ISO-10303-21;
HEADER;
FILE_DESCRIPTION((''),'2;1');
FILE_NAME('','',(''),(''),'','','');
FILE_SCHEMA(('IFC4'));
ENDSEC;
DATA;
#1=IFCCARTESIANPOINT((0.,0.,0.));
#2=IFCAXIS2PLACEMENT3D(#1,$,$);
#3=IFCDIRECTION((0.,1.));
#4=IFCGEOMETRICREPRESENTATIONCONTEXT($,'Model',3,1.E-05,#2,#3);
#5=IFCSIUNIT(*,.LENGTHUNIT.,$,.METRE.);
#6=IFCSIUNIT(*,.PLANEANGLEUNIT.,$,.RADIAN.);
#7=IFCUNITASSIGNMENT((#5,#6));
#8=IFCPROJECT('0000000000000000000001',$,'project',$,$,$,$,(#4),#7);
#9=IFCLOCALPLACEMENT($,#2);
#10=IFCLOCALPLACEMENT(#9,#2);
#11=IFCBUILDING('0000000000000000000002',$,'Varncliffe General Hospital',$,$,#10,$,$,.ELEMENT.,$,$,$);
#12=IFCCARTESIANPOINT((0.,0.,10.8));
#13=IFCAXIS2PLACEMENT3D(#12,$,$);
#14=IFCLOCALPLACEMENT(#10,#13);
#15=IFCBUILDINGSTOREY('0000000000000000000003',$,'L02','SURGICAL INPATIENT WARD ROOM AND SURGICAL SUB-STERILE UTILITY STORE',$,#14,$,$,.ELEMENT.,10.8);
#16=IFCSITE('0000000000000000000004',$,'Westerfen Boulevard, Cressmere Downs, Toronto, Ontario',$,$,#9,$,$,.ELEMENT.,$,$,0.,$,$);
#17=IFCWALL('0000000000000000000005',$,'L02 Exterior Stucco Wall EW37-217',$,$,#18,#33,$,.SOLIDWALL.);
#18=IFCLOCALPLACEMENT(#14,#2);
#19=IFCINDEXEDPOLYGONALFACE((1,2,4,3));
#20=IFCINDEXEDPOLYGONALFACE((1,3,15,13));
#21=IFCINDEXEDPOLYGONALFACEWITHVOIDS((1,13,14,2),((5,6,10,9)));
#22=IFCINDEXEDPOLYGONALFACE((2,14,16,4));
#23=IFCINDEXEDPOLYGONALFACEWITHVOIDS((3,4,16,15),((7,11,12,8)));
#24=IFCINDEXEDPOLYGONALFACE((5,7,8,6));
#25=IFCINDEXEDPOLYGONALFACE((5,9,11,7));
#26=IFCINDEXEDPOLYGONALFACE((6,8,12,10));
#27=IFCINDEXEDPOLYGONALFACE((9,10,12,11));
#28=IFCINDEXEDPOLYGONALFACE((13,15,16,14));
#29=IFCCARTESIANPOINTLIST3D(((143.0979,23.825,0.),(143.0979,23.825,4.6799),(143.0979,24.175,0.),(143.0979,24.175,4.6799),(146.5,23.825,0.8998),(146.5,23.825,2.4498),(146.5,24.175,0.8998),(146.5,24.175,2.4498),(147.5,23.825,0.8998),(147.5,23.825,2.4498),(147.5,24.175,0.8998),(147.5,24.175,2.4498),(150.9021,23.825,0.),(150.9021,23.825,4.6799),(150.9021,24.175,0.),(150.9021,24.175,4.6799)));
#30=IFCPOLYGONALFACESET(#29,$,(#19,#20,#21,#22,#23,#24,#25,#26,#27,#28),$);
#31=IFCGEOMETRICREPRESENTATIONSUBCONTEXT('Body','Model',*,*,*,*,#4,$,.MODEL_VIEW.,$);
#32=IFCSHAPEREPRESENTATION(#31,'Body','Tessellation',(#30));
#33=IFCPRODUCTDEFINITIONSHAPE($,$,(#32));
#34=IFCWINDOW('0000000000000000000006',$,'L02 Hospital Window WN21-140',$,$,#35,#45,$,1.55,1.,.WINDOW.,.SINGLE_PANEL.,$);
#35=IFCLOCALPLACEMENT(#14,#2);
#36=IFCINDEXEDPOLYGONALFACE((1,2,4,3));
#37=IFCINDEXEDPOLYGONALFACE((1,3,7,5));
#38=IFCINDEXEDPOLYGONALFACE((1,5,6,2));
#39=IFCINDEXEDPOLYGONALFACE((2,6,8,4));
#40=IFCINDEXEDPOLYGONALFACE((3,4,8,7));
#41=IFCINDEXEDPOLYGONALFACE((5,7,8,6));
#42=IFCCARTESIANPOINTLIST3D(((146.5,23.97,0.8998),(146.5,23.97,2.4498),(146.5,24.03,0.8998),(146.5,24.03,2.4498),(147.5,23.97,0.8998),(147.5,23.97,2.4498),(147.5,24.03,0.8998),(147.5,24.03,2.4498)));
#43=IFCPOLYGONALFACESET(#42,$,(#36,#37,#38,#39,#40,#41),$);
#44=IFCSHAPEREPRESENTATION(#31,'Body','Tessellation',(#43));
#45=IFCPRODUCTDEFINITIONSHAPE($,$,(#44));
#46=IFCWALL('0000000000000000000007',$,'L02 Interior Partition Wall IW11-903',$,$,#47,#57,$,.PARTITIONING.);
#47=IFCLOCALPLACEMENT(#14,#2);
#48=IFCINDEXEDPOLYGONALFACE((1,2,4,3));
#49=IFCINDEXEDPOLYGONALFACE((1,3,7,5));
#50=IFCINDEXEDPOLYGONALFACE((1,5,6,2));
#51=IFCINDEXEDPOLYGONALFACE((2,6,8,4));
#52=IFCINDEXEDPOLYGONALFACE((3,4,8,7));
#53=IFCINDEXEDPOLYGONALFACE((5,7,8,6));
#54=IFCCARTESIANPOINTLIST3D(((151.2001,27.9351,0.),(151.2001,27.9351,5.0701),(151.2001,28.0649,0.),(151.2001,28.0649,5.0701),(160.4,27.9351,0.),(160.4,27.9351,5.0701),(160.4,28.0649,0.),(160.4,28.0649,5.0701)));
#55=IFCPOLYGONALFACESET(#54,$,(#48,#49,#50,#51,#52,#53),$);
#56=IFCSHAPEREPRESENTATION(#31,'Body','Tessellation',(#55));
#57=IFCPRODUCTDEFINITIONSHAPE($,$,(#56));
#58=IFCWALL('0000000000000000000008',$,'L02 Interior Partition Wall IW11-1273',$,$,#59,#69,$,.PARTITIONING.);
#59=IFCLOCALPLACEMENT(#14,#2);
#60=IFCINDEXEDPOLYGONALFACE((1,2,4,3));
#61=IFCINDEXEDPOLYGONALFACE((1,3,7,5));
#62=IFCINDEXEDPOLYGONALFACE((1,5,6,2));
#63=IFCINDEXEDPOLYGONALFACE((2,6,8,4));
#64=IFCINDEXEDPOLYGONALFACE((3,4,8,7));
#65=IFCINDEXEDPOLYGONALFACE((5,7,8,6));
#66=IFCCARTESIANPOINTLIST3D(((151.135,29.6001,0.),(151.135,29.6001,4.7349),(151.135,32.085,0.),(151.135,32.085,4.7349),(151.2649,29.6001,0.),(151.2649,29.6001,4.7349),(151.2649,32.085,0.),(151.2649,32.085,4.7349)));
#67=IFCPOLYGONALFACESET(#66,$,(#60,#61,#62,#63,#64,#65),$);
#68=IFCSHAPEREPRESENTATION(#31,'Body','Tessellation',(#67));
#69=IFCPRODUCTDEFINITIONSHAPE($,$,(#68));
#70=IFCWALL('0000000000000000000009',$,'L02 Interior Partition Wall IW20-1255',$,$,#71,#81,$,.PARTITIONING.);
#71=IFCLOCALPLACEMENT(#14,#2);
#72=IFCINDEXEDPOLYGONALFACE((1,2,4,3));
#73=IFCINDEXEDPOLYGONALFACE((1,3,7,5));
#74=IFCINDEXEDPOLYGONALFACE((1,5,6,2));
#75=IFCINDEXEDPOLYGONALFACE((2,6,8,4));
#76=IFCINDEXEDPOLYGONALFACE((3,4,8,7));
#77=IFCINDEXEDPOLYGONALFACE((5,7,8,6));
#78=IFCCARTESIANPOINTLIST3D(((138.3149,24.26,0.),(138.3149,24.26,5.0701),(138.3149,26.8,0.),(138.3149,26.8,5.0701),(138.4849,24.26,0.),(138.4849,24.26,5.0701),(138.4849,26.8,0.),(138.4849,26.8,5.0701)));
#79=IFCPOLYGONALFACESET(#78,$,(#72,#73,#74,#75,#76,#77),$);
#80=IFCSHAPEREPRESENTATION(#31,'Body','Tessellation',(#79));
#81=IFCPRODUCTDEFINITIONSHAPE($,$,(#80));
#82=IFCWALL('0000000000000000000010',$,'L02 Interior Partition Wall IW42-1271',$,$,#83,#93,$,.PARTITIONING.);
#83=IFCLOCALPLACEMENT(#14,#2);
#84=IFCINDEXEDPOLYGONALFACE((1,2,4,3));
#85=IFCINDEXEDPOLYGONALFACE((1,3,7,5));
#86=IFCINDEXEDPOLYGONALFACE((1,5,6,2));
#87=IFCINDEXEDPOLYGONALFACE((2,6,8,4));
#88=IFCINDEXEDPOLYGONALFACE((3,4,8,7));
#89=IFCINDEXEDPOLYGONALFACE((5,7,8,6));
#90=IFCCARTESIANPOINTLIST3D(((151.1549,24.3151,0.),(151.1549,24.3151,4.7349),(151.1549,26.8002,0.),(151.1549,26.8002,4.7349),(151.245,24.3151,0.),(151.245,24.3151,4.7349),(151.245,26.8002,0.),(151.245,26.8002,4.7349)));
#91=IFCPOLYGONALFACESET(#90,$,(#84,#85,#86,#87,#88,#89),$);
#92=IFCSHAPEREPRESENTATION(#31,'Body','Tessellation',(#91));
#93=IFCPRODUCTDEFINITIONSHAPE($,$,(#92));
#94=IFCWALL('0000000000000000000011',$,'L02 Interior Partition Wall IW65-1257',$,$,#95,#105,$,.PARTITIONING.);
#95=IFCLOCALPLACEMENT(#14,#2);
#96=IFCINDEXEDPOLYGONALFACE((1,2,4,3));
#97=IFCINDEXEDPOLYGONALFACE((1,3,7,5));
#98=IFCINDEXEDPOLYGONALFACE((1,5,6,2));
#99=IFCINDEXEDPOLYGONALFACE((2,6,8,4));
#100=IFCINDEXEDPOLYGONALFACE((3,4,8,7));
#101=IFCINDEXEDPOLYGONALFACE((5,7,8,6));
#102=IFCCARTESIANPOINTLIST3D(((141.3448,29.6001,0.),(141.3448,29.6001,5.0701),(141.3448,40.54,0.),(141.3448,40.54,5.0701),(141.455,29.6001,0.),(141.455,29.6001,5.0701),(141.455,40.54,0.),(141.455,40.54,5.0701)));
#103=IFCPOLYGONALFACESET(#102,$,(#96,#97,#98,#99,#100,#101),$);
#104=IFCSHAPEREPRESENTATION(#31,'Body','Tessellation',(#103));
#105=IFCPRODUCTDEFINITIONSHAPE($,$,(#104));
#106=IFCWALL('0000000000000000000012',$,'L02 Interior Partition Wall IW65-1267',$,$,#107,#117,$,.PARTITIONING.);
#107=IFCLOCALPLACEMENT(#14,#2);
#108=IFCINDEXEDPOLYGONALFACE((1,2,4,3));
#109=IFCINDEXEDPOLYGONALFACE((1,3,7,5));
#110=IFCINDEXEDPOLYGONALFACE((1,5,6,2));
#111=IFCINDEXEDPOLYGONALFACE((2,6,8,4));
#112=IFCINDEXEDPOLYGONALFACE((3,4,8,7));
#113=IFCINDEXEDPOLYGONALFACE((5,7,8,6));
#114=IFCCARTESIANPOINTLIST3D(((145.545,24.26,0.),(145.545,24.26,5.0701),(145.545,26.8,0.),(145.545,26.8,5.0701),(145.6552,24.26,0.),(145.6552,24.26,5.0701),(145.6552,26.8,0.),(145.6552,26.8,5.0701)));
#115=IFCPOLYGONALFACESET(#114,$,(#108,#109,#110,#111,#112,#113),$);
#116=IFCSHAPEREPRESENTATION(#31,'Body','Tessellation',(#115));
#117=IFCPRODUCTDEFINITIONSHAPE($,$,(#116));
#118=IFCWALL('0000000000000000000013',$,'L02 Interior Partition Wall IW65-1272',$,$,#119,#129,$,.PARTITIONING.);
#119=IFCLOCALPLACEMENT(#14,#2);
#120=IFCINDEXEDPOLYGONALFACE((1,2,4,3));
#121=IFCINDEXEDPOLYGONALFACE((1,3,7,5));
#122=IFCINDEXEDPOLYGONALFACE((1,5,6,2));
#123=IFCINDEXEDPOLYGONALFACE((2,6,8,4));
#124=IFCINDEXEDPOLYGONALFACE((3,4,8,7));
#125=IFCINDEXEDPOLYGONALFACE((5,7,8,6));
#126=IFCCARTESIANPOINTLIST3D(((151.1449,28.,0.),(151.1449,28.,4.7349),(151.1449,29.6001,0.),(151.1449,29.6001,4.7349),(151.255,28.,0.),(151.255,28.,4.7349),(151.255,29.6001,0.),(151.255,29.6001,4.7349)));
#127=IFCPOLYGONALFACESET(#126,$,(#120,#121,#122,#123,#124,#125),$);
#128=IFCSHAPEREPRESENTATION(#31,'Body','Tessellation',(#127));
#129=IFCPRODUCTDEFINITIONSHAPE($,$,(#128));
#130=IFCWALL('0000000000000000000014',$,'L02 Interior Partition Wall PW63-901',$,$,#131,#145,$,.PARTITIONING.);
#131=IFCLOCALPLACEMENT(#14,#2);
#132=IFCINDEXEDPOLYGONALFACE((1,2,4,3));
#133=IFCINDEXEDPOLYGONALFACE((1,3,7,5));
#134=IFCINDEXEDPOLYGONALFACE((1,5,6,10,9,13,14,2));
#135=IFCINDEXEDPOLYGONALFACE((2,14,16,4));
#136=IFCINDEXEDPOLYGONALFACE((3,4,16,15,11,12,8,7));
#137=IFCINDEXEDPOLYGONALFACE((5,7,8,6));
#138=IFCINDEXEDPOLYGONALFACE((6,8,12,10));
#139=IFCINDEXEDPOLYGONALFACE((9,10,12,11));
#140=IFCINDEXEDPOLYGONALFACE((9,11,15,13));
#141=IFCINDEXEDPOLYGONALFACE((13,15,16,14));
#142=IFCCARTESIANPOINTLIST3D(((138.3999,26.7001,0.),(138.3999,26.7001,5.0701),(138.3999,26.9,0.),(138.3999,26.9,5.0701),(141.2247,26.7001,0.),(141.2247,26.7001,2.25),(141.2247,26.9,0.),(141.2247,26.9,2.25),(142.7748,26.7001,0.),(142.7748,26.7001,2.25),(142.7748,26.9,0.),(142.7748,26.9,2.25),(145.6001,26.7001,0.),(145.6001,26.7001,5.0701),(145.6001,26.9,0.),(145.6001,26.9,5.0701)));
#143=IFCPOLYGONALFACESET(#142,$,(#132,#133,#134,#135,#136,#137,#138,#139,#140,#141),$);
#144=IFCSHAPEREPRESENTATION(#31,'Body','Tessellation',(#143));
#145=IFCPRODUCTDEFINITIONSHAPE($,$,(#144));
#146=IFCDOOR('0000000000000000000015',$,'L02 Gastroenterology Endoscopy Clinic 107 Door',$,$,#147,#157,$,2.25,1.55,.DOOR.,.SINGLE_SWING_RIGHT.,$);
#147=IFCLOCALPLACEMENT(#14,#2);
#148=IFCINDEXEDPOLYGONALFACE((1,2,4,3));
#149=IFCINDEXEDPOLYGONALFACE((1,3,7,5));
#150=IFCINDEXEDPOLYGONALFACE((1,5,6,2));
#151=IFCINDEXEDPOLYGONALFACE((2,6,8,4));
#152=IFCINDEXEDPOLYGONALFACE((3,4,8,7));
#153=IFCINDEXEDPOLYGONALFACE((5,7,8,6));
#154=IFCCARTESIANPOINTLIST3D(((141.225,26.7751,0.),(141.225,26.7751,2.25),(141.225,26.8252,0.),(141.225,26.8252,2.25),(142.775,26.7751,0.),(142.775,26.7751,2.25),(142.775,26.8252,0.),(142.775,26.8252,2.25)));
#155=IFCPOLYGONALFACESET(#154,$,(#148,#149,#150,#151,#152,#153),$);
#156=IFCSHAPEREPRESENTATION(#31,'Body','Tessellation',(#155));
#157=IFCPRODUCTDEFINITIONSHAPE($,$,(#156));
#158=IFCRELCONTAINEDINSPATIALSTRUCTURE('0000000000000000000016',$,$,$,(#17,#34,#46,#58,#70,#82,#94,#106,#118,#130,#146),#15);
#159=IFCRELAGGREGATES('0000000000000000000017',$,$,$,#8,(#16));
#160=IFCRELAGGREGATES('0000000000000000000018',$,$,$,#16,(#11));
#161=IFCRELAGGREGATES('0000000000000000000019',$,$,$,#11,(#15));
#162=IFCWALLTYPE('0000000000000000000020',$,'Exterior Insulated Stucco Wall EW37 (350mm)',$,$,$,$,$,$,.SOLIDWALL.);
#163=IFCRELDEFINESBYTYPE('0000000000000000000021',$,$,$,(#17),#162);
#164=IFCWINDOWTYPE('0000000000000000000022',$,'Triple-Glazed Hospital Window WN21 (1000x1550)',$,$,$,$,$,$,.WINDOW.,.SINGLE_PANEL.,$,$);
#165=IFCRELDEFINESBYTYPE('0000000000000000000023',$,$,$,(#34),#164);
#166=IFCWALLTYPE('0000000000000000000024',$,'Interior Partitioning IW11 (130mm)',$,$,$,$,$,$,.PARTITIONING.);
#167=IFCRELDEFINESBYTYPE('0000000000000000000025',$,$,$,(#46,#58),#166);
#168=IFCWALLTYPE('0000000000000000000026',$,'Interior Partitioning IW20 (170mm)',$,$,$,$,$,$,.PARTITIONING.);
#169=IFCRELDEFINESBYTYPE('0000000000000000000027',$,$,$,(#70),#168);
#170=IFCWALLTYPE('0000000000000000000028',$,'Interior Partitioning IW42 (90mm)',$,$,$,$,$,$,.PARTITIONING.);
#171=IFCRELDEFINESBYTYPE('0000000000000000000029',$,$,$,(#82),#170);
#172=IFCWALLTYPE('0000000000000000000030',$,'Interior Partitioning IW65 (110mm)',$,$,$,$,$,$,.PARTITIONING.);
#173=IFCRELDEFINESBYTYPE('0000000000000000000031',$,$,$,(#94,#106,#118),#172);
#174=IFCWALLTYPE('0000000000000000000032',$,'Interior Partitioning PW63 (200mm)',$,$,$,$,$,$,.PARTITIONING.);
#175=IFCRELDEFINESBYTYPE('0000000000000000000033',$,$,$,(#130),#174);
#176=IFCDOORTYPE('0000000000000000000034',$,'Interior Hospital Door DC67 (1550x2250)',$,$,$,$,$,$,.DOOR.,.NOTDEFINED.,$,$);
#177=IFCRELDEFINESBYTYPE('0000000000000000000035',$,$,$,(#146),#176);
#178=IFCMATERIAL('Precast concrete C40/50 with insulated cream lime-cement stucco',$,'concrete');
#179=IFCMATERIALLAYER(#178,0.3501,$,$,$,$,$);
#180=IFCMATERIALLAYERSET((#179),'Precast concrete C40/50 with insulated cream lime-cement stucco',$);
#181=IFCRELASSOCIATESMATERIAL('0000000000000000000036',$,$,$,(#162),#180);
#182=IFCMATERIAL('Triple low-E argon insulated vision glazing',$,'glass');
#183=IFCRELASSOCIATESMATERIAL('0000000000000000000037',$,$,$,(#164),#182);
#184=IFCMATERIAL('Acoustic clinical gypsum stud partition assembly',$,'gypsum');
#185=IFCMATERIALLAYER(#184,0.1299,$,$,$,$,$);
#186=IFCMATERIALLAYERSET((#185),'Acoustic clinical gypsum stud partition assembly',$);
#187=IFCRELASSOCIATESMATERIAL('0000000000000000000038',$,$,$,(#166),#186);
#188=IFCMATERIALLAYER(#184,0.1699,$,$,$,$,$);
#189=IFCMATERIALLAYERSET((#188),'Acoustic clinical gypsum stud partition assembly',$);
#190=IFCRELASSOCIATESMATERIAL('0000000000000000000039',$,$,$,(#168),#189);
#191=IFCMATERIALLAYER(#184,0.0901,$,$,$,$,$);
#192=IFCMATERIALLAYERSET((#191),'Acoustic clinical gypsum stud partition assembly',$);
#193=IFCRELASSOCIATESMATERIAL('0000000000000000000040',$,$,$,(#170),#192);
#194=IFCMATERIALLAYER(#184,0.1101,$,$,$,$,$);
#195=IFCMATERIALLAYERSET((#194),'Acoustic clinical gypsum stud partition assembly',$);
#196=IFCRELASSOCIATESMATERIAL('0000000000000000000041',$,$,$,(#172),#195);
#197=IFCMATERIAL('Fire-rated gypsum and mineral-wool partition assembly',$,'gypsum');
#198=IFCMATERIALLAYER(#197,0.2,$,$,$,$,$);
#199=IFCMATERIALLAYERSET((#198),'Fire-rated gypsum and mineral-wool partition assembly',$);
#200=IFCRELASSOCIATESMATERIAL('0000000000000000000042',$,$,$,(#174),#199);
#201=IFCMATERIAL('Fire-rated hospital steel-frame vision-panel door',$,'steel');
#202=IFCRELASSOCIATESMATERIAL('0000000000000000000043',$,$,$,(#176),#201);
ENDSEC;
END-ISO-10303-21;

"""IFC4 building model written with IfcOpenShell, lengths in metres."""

from ifc_helpers import new_model, si_unit, direction, frame, frame_2d, origin, place, context, subcontext, project, spatial, rectangle, extrude, material, layer, layer_set, type_object, element, fill, save


model = new_model("IFC4")

# Units and contexts
model_context = context("Model", 3, precision=1e-05, world=origin(), true_north=direction((0.0, 1.0)))
body_context = subcontext(model_context, "Body", "Model", "MODEL_VIEW")
ifc_project = project(units=[si_unit("LENGTHUNIT", "METRE"), si_unit("PLANEANGLEUNIT", "RADIAN")], contexts=[model_context])

# Site, building, storey
site_placement = place(None, origin())
site = spatial("IfcSite", under=ifc_project, at=site_placement, Name="Westerfen Boulevard, Cressmere Downs, Toronto, Ontario", CompositionType="ELEMENT", RefElevation=0.0)
building_placement = place(site_placement, origin())
building = spatial("IfcBuilding", under=site, at=building_placement, Name="Varncliffe General Hospital", CompositionType="ELEMENT")
storey_placement = place(building_placement, frame((0.0, 0.0, 10.8)))
storey = spatial("IfcBuildingStorey", under=building, at=storey_placement, Name="L02", Description="SURGICAL INPATIENT WARD ROOM AND SURGICAL SUB-STERILE UTILITY STORE", CompositionType="ELEMENT", Elevation=10.8)

# Wall, opening, window
ifc_material_1 = material(Name="Precast concrete C40/50 with insulated cream lime-cement stucco", Category="concrete")
ifc_material_2 = material(Name="Triple low-E argon insulated vision glazing", Category="glass")
ifc_layer_1 = layer(ifc_material_1, 0.3501)
ifc_layer_set_1 = layer_set([ifc_layer_1], Name="Precast concrete C40/50 with insulated cream lime-cement stucco")
wall_type_1 = type_object("IfcWallType", Name="Exterior Insulated Stucco Wall EW37 (350mm)", PredefinedType="SOLIDWALL", material=ifc_layer_set_1)
wall_1_placement = place(storey_placement, frame((150.9021, 24.0, 0.0), z_axis=(0.0, 0.0, 1.0), x_axis=(-1.0, 0.0, 0.0)))
wall_1 = element("IfcWall", 1, at=wall_1_placement, inside=storey, type_object=wall_type_1, Name="L02 Exterior Stucco Wall EW37-217", PredefinedType="SOLIDWALL", context=body_context, shape_type="SweptSolid", body=[
    extrude(rectangle(XDim=7.8042, YDim=0.3501, at=frame_2d((3.9021, 0.0))), origin(), (0.0, 0.0, 1.0), 4.6799),
])
opening_1_placement = place(wall_1_placement, frame((3.4021, 0.0, 0.8999)))
opening_1 = element("IfcOpeningElement", 2, at=opening_1_placement, cuts=wall_1, PredefinedType="OPENING", context=body_context, shape_type="SweptSolid", body=[
    extrude(rectangle(XDim=1.0, YDim=1.55, at=frame_2d((0.5, 0.7749))), frame((0.0, 0.1851, 0.0), z_axis=(0.0, -1.0, 0.0), x_axis=(1.0, 0.0, 0.0)), (0.0, 0.0, 1.0), 0.3701),
])
window_type_1 = type_object("IfcWindowType", Name="Triple-Glazed Hospital Window WN21 (1000x1550)", PartitioningType="SINGLE_PANEL", PredefinedType="WINDOW", material=ifc_material_2)
window_1_placement = place(opening_1_placement, origin())
window_1 = element("IfcWindow", 3, at=window_1_placement, inside=storey, type_object=window_type_1, Name="L02 Hospital Window WN21-140", OverallHeight=1.55, OverallWidth=1.0, PartitioningType="SINGLE_PANEL", PredefinedType="WINDOW", context=body_context, shape_type="SweptSolid", body=[
    extrude(rectangle(XDim=1.0, YDim=1.55, at=frame_2d((0.5, 0.7749))), frame((0.0, 0.03, 0.0), z_axis=(0.0, -1.0, 0.0), x_axis=(1.0, 0.0, 0.0)), (0.0, 0.0, 1.0), 0.0601),
])
fill(opening_1, window_1)

# Walls
ifc_material_3 = material(Name="Acoustic clinical gypsum stud partition assembly", Category="gypsum")
ifc_layer_2 = layer(ifc_material_3, 0.1299)
ifc_layer_set_2 = layer_set([ifc_layer_2], Name="Acoustic clinical gypsum stud partition assembly")
wall_type_2 = type_object("IfcWallType", Name="Interior Partitioning IW11 (130mm)", PredefinedType="PARTITIONING", material=ifc_layer_set_2)
wall_2_placement = place(storey_placement, frame((151.2, 28.0, 0.0), z_axis=(0.0, 0.0, 1.0), x_axis=(1.0, 0.0, 0.0)))
element("IfcWall", 4, at=wall_2_placement, inside=storey, type_object=wall_type_2, Name="L02 Interior Partition Wall IW11-903", PredefinedType="PARTITIONING", context=body_context, shape_type="SweptSolid", body=[
    extrude(rectangle(XDim=9.2, YDim=0.1299, at=frame_2d((4.6001, 0.0))), origin(), (0.0, 0.0, 1.0), 5.0701),
])
wall_3_placement = place(storey_placement, frame((151.2, 29.6001, 0.0), z_axis=(0.0, 0.0, 1.0), x_axis=(0.0, 1.0, 0.0)))
element("IfcWall", 5, at=wall_3_placement, inside=storey, type_object=wall_type_2, Name="L02 Interior Partition Wall IW11-1273", PredefinedType="PARTITIONING", context=body_context, shape_type="SweptSolid", body=[
    extrude(rectangle(XDim=2.4849, YDim=0.1299, at=frame_2d((1.2424, 0.0))), origin(), (0.0, 0.0, 1.0), 4.7349),
])
ifc_layer_3 = layer(ifc_material_3, 0.1699)
ifc_layer_set_3 = layer_set([ifc_layer_3], Name="Acoustic clinical gypsum stud partition assembly")
wall_type_3 = type_object("IfcWallType", Name="Interior Partitioning IW20 (170mm)", PredefinedType="PARTITIONING", material=ifc_layer_set_3)
wall_4_placement = place(storey_placement, frame((138.3999, 24.26, 0.0), z_axis=(0.0, 0.0, 1.0), x_axis=(0.0, 1.0, 0.0)))
element("IfcWall", 6, at=wall_4_placement, inside=storey, type_object=wall_type_3, Name="L02 Interior Partition Wall IW20-1255", PredefinedType="PARTITIONING", context=body_context, shape_type="SweptSolid", body=[
    extrude(rectangle(XDim=2.54, YDim=0.1699, at=frame_2d((1.27, 0.0))), origin(), (0.0, 0.0, 1.0), 5.0701),
])
ifc_layer_4 = layer(ifc_material_3, 0.0901)
ifc_layer_set_4 = layer_set([ifc_layer_4], Name="Acoustic clinical gypsum stud partition assembly")
wall_type_4 = type_object("IfcWallType", Name="Interior Partitioning IW42 (90mm)", PredefinedType="PARTITIONING", material=ifc_layer_set_4)
wall_5_placement = place(storey_placement, frame((151.2, 24.3149, 0.0), z_axis=(0.0, 0.0, 1.0), x_axis=(0.0, 1.0, 0.0)))
element("IfcWall", 7, at=wall_5_placement, inside=storey, type_object=wall_type_4, Name="L02 Interior Partition Wall IW42-1271", PredefinedType="PARTITIONING", context=body_context, shape_type="SweptSolid", body=[
    extrude(rectangle(XDim=2.4851, YDim=0.0901, at=frame_2d((1.2427, 0.0))), origin(), (0.0, 0.0, 1.0), 4.7349),
])
ifc_layer_5 = layer(ifc_material_3, 0.1101)
ifc_layer_set_5 = layer_set([ifc_layer_5], Name="Acoustic clinical gypsum stud partition assembly")
wall_type_5 = type_object("IfcWallType", Name="Interior Partitioning IW65 (110mm)", PredefinedType="PARTITIONING", material=ifc_layer_set_5)
wall_6_placement = place(storey_placement, frame((141.3999, 29.6001, 0.0), z_axis=(0.0, 0.0, 1.0), x_axis=(0.0, 1.0, 0.0)))
element("IfcWall", 8, at=wall_6_placement, inside=storey, type_object=wall_type_5, Name="L02 Interior Partition Wall IW65-1257", PredefinedType="PARTITIONING", context=body_context, shape_type="SweptSolid", body=[
    extrude(rectangle(XDim=10.9399, YDim=0.1101, at=frame_2d((5.47, 0.0))), origin(), (0.0, 0.0, 1.0), 5.0701),
])
wall_7_placement = place(storey_placement, frame((145.6001, 24.26, 0.0), z_axis=(0.0, 0.0, 1.0), x_axis=(0.0, 1.0, 0.0)))
element("IfcWall", 9, at=wall_7_placement, inside=storey, type_object=wall_type_5, Name="L02 Interior Partition Wall IW65-1267", PredefinedType="PARTITIONING", context=body_context, shape_type="SweptSolid", body=[
    extrude(rectangle(XDim=2.54, YDim=0.1101, at=frame_2d((1.27, 0.0))), origin(), (0.0, 0.0, 1.0), 5.0701),
])
wall_8_placement = place(storey_placement, frame((151.2, 28.0, 0.0), z_axis=(0.0, 0.0, 1.0), x_axis=(0.0, 1.0, 0.0)))
element("IfcWall", 10, at=wall_8_placement, inside=storey, type_object=wall_type_5, Name="L02 Interior Partition Wall IW65-1272", PredefinedType="PARTITIONING", context=body_context, shape_type="SweptSolid", body=[
    extrude(rectangle(XDim=1.6001, YDim=0.1101, at=frame_2d((0.8, 0.0))), origin(), (0.0, 0.0, 1.0), 4.7349),
])

# Wall, opening, door
ifc_material_4 = material(Name="Fire-rated gypsum and mineral-wool partition assembly", Category="gypsum")
ifc_layer_6 = layer(ifc_material_4, 0.2)
ifc_layer_set_6 = layer_set([ifc_layer_6], Name="Fire-rated gypsum and mineral-wool partition assembly")
wall_type_6 = type_object("IfcWallType", Name="Interior Partitioning PW63 (200mm)", PredefinedType="PARTITIONING", material=ifc_layer_set_6)
wall_9_placement = place(storey_placement, frame((138.3999, 26.8, 0.0), z_axis=(0.0, 0.0, 1.0), x_axis=(1.0, 0.0, 0.0)))
wall_9 = element("IfcWall", 11, at=wall_9_placement, inside=storey, type_object=wall_type_6, Name="L02 Interior Partition Wall PW63-901", PredefinedType="PARTITIONING", context=body_context, shape_type="SweptSolid", body=[
    extrude(rectangle(XDim=7.2002, YDim=0.2, at=frame_2d((3.6001, 0.0))), origin(), (0.0, 0.0, 1.0), 5.0701),
])
opening_2_placement = place(wall_9_placement, frame((2.825, 0.0, 0.0)))
opening_2 = element("IfcOpeningElement", 12, at=opening_2_placement, cuts=wall_9, PredefinedType="OPENING", context=body_context, shape_type="SweptSolid", body=[
    extrude(rectangle(XDim=1.55, YDim=2.25, at=frame_2d((0.7749, 1.125))), frame((0.0, 0.1099, 0.0), z_axis=(0.0, -1.0, 0.0), x_axis=(1.0, 0.0, 0.0)), (0.0, 0.0, 1.0), 0.22),
])
ifc_material_5 = material(Name="Fire-rated hospital steel-frame vision-panel door", Category="steel")
door_type_1 = type_object("IfcDoorType", Name="Interior Hospital Door DC67 (1550x2250)", OperationType="NOTDEFINED", PredefinedType="DOOR", material=ifc_material_5)
door_1_placement = place(opening_2_placement, frame((1.55, 0.0, 0.0), z_axis=(0.0, 0.0, 1.0), x_axis=(-1.0, 0.0, 0.0)))
door_1 = element("IfcDoor", 13, at=door_1_placement, inside=storey, type_object=door_type_1, Name="L02 Gastroenterology Endoscopy Clinic 107 Door", OperationType="SINGLE_SWING_RIGHT", OverallHeight=2.25, OverallWidth=1.55, PredefinedType="DOOR", context=body_context, shape_type="SweptSolid", body=[
    extrude(rectangle(XDim=1.55, YDim=2.25, at=frame_2d((0.7749, 1.125))), frame((0.0, 0.0249, 0.0), z_axis=(0.0, -1.0, 0.0), x_axis=(1.0, 0.0, 0.0)), (0.0, 0.0, 1.0), 0.05),
])
fill(opening_2, door_1)

save(model, "model.ifc")
